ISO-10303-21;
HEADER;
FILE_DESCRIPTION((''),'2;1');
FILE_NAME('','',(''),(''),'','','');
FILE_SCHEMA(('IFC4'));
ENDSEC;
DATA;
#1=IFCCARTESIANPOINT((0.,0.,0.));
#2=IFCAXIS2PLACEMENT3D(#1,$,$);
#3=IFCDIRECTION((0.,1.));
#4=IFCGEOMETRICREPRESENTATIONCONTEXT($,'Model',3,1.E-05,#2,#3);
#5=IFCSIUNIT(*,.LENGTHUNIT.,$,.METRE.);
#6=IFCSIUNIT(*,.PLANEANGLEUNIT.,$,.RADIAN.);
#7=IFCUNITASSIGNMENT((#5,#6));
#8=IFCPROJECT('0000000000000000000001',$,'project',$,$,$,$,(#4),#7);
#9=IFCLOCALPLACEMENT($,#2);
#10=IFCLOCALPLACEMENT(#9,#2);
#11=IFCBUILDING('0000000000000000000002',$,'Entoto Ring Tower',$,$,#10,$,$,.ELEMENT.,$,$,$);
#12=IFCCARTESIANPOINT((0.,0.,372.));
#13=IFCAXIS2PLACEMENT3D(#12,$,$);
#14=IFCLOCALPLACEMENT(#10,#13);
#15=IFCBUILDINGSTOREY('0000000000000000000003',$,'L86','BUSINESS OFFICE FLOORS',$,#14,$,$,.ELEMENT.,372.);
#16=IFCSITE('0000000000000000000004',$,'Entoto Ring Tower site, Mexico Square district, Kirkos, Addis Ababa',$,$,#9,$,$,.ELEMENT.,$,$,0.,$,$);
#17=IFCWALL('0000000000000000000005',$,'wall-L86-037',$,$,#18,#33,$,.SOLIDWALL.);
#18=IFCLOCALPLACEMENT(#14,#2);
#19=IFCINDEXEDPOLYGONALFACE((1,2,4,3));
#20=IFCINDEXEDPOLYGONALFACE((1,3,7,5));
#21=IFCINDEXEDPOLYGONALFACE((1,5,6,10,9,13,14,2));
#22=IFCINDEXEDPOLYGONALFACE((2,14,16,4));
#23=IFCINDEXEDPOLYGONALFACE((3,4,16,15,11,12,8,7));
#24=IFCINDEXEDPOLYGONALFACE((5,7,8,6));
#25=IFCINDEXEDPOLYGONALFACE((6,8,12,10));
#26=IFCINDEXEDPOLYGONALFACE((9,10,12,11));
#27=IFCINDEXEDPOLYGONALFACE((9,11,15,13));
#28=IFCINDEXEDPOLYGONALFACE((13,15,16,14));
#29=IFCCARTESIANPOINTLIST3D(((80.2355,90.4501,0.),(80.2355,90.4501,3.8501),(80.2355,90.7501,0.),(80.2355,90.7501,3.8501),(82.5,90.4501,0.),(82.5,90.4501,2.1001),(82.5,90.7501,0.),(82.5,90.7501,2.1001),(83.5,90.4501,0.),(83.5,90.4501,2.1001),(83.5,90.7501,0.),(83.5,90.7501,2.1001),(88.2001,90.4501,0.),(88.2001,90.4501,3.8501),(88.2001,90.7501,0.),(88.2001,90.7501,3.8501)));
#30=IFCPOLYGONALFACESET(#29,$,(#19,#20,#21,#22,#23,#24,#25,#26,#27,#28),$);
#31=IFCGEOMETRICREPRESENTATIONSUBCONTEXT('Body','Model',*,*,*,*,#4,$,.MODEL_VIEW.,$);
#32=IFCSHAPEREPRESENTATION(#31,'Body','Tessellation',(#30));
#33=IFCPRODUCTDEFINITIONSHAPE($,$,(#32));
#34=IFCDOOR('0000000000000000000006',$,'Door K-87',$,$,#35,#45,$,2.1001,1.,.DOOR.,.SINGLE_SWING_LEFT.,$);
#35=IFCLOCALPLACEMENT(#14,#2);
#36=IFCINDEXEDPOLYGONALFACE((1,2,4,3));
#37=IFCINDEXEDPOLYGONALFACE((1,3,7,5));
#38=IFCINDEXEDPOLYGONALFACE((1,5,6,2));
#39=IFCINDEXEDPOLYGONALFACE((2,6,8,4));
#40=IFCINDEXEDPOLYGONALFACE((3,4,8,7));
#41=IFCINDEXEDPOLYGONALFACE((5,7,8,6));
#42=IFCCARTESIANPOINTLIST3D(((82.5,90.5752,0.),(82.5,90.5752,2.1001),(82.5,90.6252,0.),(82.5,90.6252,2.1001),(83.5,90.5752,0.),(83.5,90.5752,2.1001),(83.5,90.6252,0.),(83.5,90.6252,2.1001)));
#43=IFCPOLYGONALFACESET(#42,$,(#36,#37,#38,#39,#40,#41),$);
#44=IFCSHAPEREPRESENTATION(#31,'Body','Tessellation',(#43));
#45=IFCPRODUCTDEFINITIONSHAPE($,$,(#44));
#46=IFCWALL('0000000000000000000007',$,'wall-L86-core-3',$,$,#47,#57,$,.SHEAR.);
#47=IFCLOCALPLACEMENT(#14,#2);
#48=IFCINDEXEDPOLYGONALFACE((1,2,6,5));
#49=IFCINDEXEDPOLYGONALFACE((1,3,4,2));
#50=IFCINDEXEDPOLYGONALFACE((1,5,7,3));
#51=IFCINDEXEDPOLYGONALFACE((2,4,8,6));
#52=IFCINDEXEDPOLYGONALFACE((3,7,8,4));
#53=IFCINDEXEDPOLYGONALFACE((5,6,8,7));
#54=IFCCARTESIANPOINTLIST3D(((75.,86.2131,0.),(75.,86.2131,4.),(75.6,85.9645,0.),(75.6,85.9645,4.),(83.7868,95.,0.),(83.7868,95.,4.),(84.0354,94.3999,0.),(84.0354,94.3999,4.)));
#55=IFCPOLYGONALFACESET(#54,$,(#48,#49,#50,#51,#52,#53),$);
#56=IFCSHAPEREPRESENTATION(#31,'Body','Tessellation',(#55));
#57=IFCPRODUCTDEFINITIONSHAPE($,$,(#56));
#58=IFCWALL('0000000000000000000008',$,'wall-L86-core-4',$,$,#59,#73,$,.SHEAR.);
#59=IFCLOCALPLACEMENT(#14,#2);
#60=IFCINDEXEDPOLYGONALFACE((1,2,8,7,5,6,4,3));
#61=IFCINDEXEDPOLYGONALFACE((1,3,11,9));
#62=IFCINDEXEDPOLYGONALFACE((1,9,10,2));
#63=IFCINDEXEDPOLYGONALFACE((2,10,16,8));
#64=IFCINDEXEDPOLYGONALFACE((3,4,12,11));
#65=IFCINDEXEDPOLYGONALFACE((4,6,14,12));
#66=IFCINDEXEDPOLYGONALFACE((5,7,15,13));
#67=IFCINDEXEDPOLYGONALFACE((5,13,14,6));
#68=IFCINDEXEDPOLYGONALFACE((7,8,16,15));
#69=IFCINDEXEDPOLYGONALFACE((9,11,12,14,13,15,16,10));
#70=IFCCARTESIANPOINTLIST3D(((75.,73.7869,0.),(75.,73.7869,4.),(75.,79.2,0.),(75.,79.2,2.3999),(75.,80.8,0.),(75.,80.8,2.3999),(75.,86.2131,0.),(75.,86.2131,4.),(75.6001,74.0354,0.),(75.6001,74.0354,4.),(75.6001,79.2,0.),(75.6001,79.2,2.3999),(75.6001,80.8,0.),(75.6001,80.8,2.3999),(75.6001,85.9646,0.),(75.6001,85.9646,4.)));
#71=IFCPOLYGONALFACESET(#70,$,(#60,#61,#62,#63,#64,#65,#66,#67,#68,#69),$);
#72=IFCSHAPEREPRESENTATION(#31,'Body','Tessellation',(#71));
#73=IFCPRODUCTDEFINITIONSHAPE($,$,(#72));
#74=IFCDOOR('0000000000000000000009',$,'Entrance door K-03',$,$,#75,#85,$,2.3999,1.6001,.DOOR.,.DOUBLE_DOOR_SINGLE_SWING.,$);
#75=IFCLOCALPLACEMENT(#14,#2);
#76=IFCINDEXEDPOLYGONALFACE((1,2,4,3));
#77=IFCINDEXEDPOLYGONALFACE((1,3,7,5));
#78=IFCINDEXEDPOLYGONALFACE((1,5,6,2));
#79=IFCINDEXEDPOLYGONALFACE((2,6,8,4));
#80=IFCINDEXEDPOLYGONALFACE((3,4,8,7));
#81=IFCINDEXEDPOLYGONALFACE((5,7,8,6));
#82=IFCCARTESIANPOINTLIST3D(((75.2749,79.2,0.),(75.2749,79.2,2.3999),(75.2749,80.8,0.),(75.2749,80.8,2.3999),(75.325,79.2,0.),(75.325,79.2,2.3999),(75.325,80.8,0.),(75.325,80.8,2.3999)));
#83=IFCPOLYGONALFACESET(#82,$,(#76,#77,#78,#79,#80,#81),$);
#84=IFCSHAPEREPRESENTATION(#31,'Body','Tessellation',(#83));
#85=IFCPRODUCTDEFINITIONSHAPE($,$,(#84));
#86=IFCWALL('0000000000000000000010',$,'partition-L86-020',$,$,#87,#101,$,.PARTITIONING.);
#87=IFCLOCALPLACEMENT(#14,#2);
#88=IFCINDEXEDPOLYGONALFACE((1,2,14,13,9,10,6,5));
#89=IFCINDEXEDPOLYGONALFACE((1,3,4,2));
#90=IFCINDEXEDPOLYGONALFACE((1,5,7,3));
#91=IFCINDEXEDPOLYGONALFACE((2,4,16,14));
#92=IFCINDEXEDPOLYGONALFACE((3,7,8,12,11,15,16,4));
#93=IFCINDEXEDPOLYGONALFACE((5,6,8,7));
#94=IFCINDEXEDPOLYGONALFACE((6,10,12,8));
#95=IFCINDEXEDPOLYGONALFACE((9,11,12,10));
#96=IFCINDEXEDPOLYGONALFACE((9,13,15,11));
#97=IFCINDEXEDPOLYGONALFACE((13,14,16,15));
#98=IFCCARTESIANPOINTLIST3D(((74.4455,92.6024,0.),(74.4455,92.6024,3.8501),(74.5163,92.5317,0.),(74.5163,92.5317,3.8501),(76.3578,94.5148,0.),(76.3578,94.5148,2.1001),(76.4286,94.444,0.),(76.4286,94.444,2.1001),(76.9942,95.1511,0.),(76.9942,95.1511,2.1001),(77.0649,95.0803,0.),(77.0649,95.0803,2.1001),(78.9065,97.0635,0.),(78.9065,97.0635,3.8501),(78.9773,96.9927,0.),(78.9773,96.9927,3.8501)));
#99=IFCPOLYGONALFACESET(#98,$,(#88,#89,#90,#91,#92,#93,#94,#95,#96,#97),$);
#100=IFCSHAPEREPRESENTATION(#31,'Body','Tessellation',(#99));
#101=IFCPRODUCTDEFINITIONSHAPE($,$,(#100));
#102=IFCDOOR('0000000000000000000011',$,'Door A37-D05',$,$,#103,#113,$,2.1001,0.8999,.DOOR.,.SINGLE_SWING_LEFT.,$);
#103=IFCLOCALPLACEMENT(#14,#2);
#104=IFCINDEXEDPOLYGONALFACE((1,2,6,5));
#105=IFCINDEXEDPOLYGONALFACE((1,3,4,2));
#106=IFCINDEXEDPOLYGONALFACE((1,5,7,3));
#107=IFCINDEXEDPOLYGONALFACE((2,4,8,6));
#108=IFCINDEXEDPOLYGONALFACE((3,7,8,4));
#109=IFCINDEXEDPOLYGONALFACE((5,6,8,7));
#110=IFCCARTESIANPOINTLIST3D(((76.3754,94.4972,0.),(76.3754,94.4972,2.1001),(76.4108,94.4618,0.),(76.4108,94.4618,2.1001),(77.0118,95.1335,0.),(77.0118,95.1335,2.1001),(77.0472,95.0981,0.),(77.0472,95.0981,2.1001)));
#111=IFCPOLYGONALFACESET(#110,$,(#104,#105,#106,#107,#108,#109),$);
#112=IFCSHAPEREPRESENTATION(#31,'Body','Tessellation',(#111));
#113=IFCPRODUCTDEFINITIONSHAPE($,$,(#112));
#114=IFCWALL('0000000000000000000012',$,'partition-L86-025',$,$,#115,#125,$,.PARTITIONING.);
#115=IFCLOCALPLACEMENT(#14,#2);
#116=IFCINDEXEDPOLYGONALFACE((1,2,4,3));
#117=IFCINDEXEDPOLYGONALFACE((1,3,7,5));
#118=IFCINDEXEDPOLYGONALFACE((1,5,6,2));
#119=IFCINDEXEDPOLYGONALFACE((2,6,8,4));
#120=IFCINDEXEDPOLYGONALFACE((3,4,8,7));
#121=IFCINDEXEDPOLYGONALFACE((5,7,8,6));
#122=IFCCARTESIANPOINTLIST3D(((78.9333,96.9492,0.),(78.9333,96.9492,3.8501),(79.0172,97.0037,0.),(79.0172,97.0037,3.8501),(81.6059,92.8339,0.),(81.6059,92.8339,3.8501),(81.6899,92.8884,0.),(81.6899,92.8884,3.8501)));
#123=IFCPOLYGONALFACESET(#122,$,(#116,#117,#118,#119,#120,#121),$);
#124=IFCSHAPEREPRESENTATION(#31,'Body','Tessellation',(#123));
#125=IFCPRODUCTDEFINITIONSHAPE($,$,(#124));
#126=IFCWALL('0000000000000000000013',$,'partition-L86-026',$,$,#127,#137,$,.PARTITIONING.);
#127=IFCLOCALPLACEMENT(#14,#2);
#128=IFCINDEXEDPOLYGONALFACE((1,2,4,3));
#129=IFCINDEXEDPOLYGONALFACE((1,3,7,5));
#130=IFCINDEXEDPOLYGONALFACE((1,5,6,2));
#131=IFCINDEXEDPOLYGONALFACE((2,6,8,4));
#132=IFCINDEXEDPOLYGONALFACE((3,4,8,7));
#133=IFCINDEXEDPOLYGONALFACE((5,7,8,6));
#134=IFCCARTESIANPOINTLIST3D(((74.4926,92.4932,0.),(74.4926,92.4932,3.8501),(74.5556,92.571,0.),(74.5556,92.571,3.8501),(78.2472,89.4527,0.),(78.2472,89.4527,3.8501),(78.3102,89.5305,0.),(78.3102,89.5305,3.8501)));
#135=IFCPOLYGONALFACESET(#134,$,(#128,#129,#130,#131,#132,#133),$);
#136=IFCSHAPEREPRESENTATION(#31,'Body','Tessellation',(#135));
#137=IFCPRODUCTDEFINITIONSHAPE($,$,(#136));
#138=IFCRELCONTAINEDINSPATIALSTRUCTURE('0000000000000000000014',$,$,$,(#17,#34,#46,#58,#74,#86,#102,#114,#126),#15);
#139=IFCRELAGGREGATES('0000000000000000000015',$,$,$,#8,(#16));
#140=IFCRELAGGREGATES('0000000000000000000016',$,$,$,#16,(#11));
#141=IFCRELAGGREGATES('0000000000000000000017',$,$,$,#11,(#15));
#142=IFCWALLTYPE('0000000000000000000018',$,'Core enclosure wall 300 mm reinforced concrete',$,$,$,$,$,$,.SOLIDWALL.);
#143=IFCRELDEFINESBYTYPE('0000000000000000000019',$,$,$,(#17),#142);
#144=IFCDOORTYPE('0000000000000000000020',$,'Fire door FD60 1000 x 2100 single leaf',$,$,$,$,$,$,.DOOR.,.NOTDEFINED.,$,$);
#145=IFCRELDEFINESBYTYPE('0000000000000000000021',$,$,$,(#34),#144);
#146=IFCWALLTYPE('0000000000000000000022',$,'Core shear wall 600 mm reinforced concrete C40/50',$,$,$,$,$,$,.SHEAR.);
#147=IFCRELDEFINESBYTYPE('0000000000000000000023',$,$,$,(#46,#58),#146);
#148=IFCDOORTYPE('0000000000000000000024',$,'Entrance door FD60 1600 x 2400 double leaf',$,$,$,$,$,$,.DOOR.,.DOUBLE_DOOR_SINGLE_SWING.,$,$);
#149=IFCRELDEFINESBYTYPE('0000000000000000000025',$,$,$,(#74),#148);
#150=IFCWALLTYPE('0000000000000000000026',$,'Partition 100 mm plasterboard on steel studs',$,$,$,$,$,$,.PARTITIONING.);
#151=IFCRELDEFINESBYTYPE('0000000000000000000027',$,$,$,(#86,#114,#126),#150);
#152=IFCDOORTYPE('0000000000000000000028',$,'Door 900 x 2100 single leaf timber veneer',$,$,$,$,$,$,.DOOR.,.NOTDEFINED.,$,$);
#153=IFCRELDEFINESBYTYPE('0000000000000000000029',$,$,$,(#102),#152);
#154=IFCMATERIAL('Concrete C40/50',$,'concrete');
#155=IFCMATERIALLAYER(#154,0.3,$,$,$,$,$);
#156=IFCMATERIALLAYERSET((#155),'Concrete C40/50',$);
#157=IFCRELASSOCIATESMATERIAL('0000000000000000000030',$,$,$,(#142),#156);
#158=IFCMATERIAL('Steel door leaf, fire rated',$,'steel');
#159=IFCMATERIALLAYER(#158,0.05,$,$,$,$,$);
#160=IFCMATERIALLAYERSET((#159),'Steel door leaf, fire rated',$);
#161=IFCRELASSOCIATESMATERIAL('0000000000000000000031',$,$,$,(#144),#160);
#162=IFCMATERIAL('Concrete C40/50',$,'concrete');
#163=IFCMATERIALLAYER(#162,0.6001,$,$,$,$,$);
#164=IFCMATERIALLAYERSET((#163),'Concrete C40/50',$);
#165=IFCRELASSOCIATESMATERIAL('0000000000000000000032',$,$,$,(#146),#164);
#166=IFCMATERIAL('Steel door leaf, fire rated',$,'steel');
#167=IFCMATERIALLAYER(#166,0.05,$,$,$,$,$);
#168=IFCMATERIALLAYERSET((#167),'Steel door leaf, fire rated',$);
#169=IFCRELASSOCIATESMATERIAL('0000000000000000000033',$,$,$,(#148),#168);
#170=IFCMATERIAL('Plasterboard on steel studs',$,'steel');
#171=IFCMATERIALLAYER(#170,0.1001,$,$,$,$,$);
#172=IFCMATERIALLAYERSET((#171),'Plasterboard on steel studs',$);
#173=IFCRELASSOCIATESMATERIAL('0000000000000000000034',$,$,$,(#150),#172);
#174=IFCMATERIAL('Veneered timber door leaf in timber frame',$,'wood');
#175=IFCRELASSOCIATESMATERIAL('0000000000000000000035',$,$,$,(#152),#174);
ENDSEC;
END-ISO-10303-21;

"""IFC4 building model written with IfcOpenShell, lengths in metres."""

from ifc_helpers import new_model, si_unit, direction, frame, frame_2d, origin, place, context, subcontext, project, spatial, polyline, rectangle, outline, extrude, material, layer, layer_set, type_object, element, fill, save


model = new_model("IFC4")

# Units and contexts
model_context = context("Model", 3, precision=1e-05, world=origin(), true_north=direction((0.0, 1.0)))
body_context = subcontext(model_context, "Body", "Model", "MODEL_VIEW")
ifc_project = project(units=[si_unit("LENGTHUNIT", "METRE"), si_unit("PLANEANGLEUNIT", "RADIAN")], contexts=[model_context])

# Site, building, storey
site_placement = place(None, origin())
site = spatial("IfcSite", under=ifc_project, at=site_placement, Name="Entoto Ring Tower site, Mexico Square district, Kirkos, Addis Ababa", CompositionType="ELEMENT", RefElevation=0.0)
building_placement = place(site_placement, origin())
building = spatial("IfcBuilding", under=site, at=building_placement, Name="Entoto Ring Tower", CompositionType="ELEMENT")
storey_placement = place(building_placement, frame((0.0, 0.0, 372.0)))
storey = spatial("IfcBuildingStorey", under=building, at=storey_placement, Name="L86", Description="BUSINESS OFFICE FLOORS", CompositionType="ELEMENT", Elevation=372.0)

# Wall, opening, door
ifc_material_1 = material(Name="Concrete C40/50", Category="concrete")
ifc_layer_1 = layer(ifc_material_1, 0.3)
ifc_layer_set_1 = layer_set([ifc_layer_1], Name="Concrete C40/50")
wall_type_1 = type_object("IfcWallType", Name="Core enclosure wall 300 mm reinforced concrete", PredefinedType="SOLIDWALL", material=ifc_layer_set_1)
wall_1_placement = place(storey_placement, frame((80.2354, 90.6001, 0.0), z_axis=(0.0, 0.0, 1.0), x_axis=(1.0, 0.0, 0.0)))
wall_1 = element("IfcWall", 1, at=wall_1_placement, inside=storey, type_object=wall_type_1, Name="wall-L86-037", PredefinedType="SOLIDWALL", context=body_context, shape_type="SweptSolid", body=[
    extrude(rectangle(XDim=7.9646, YDim=0.3, at=frame_2d((3.9824, 0.0))), origin(), (0.0, 0.0, 1.0), 3.8501),
])
opening_1_placement = place(wall_1_placement, frame((2.2646, 0.0, 0.0)))
opening_1 = element("IfcOpeningElement", 2, at=opening_1_placement, cuts=wall_1, PredefinedType="OPENING", context=body_context, shape_type="SweptSolid", body=[
    extrude(rectangle(XDim=1.0, YDim=2.1001, at=frame_2d((0.5, 1.05))), frame((0.0, 0.1602, 0.0), z_axis=(0.0, -1.0, 0.0), x_axis=(1.0, 0.0, 0.0)), (0.0, 0.0, 1.0), 0.3201),
])
ifc_material_2 = material(Name="Steel door leaf, fire rated", Category="steel")
ifc_layer_2 = layer(ifc_material_2, 0.05)
ifc_layer_set_2 = layer_set([ifc_layer_2], Name="Steel door leaf, fire rated")
door_type_1 = type_object("IfcDoorType", Name="Fire door FD60 1000 x 2100 single leaf", OperationType="NOTDEFINED", PredefinedType="DOOR", material=ifc_layer_set_2)
door_1_placement = place(opening_1_placement, frame((1.0, 0.0, 0.0), z_axis=(0.0, 0.0, 1.0), x_axis=(-1.0, 0.0, 0.0)))
door_1 = element("IfcDoor", 3, at=door_1_placement, inside=storey, type_object=door_type_1, Name="Door K-87", OperationType="SINGLE_SWING_LEFT", OverallHeight=2.1001, OverallWidth=1.0, PredefinedType="DOOR", context=body_context, shape_type="SweptSolid", body=[
    extrude(rectangle(XDim=1.0, YDim=2.1001, at=frame_2d((0.5, 1.05))), frame((0.0, 0.0249, 0.0), z_axis=(0.0, -1.0, 0.0), x_axis=(1.0, 0.0, 0.0)), (0.0, 0.0, 1.0), 0.05),
])
fill(opening_1, door_1)

# Wall
ifc_material_3 = material(Name="Concrete C40/50", Category="concrete")
ifc_layer_3 = layer(ifc_material_3, 0.6001)
ifc_layer_set_3 = layer_set([ifc_layer_3], Name="Concrete C40/50")
wall_type_2 = type_object("IfcWallType", Name="Core shear wall 600 mm reinforced concrete C40/50", PredefinedType="SHEAR", material=ifc_layer_set_3)
wall_2_placement = place(storey_placement, frame((83.9111, 94.7, 0.0), z_axis=(0.0, 0.0, 1.0), x_axis=(-0.707107, -0.707107, 0.0)))
element("IfcWall", 4, at=wall_2_placement, inside=storey, type_object=wall_type_2, Name="wall-L86-core-3", PredefinedType="SHEAR", context=body_context, shape_type="SweptSolid", body=[
    extrude(outline(polyline([(-0.1243, -0.3), (12.3022, -0.3), (12.0537, 0.3), (0.1243, 0.3), (-0.1243, -0.3)])), origin(), (0.0, 0.0, 1.0), 4.0),
])

# Walls, openings, doors
wall_3_placement = place(storey_placement, frame((75.3, 86.0889, 0.0), z_axis=(0.0, 0.0, 1.0), x_axis=(0.0, -1.0, 0.0)))
wall_3 = element("IfcWall", 5, at=wall_3_placement, inside=storey, type_object=wall_type_2, Name="wall-L86-core-4", PredefinedType="SHEAR", context=body_context, shape_type="SweptSolid", body=[
    extrude(outline(polyline([(-0.1243, -0.3), (12.302, -0.3), (12.0535, 0.3), (0.1243, 0.3), (-0.1243, -0.3)])), origin(), (0.0, 0.0, 1.0), 4.0),
])
opening_2_placement = place(wall_3_placement, frame((5.2888, 0.0, 0.0)))
opening_2 = element("IfcOpeningElement", 6, at=opening_2_placement, cuts=wall_3, PredefinedType="OPENING", context=body_context, shape_type="SweptSolid", body=[
    extrude(rectangle(XDim=1.6001, YDim=2.3999, at=frame_2d((0.8, 1.2))), frame((0.0, 0.3101, 0.0), z_axis=(0.0, -1.0, 0.0), x_axis=(1.0, 0.0, 0.0)), (0.0, 0.0, 1.0), 0.6201),
])
ifc_material_4 = material(Name="Steel door leaf, fire rated", Category="steel")
ifc_layer_4 = layer(ifc_material_4, 0.05)
ifc_layer_set_4 = layer_set([ifc_layer_4], Name="Steel door leaf, fire rated")
door_type_2 = type_object("IfcDoorType", Name="Entrance door FD60 1600 x 2400 double leaf", OperationType="DOUBLE_DOOR_SINGLE_SWING", PredefinedType="DOOR", material=ifc_layer_set_4)
door_2_placement = place(opening_2_placement, origin())
door_2 = element("IfcDoor", 7, at=door_2_placement, inside=storey, type_object=door_type_2, Name="Entrance door K-03", OperationType="DOUBLE_DOOR_SINGLE_SWING", OverallHeight=2.3999, OverallWidth=1.6001, PredefinedType="DOOR", context=body_context, shape_type="SweptSolid", body=[
    extrude(rectangle(XDim=1.6001, YDim=2.3999, at=frame_2d((0.8, 1.2))), frame((0.0, 0.0249, 0.0), z_axis=(0.0, -1.0, 0.0), x_axis=(1.0, 0.0, 0.0)), (0.0, 0.0, 1.0), 0.05),
])
fill(opening_2, door_2)
ifc_material_5 = material(Name="Plasterboard on steel studs", Category="steel")
ifc_layer_5 = layer(ifc_material_5, 0.1001)
ifc_layer_set_5 = layer_set([ifc_layer_5], Name="Plasterboard on steel studs")
wall_type_3 = type_object("IfcWallType", Name="Partition 100 mm plasterboard on steel studs", PredefinedType="PARTITIONING", material=ifc_layer_set_5)
wall_4_placement = place(storey_placement, frame((74.481, 92.5671, 0.0), z_axis=(0.0, 0.0, 1.0), x_axis=(0.707107, 0.707107, 0.0)))
wall_4 = element("IfcWall", 8, at=wall_4_placement, inside=storey, type_object=wall_type_3, Name="partition-L86-020", PredefinedType="PARTITIONING", context=body_context, shape_type="SweptSolid", body=[
    extrude(rectangle(XDim=6.3088, YDim=0.1001, at=frame_2d((3.1543, 0.0))), origin(), (0.0, 0.0, 1.0), 3.8501),
])
opening_3_placement = place(wall_4_placement, frame((2.7043, 0.0, 0.0)))
opening_3 = element("IfcOpeningElement", 9, at=opening_3_placement, cuts=wall_4, PredefinedType="OPENING", context=body_context, shape_type="SweptSolid", body=[
    extrude(rectangle(XDim=0.8999, YDim=2.1001, at=frame_2d((0.45, 1.05))), frame((0.0, 0.0601, 0.0), z_axis=(0.0, -1.0, 0.0), x_axis=(1.0, 0.0, 0.0)), (0.0, 0.0, 1.0), 0.1201),
])
ifc_material_6 = material(Name="Veneered timber door leaf in timber frame", Category="wood")
door_type_3 = type_object("IfcDoorType", Name="Door 900 x 2100 single leaf timber veneer", OperationType="NOTDEFINED", PredefinedType="DOOR", material=ifc_material_6)
door_3_placement = place(opening_3_placement, frame((0.8999, 0.0, 0.0), z_axis=(0.0, 0.0, 1.0), x_axis=(-1.0, 0.0, 0.0)))
door_3 = element("IfcDoor", 10, at=door_3_placement, inside=storey, type_object=door_type_3, Name="Door A37-D05", OperationType="SINGLE_SWING_LEFT", OverallHeight=2.1001, OverallWidth=0.8999, PredefinedType="DOOR", context=body_context, shape_type="SweptSolid", body=[
    extrude(rectangle(XDim=0.8999, YDim=2.1001, at=frame_2d((0.45, 1.05))), frame((0.0, 0.0249, 0.0), z_axis=(0.0, -1.0, 0.0), x_axis=(1.0, 0.0, 0.0)), (0.0, 0.0, 1.0), 0.05),
])
fill(opening_3, door_3)

# Walls
wall_5_placement = place(storey_placement, frame((81.6479, 92.8611, 0.0), z_axis=(0.0, 0.0, 1.0), x_axis=(-0.54466, 0.838657, 0.0)))
element("IfcWall", 11, at=wall_5_placement, inside=storey, type_object=wall_type_3, Name="partition-L86-025", PredefinedType="PARTITIONING", context=body_context, shape_type="SweptSolid", body=[
    extrude(rectangle(XDim=4.907, YDim=0.1001, at=frame_2d((2.4536, 0.0))), origin(), (0.0, 0.0, 1.0), 3.8501),
])
wall_6_placement = place(storey_placement, frame((78.2786, 89.4917, 0.0), z_axis=(0.0, 0.0, 1.0), x_axis=(-0.777138, 0.629331, 0.0)))
element("IfcWall", 12, at=wall_6_placement, inside=storey, type_object=wall_type_3, Name="partition-L86-026", PredefinedType="PARTITIONING", context=body_context, shape_type="SweptSolid", body=[
    extrude(rectangle(XDim=4.8313, YDim=0.1001, at=frame_2d((2.4155, 0.0))), origin(), (0.0, 0.0, 1.0), 3.8501),
])

save(model, "model.ifc")
